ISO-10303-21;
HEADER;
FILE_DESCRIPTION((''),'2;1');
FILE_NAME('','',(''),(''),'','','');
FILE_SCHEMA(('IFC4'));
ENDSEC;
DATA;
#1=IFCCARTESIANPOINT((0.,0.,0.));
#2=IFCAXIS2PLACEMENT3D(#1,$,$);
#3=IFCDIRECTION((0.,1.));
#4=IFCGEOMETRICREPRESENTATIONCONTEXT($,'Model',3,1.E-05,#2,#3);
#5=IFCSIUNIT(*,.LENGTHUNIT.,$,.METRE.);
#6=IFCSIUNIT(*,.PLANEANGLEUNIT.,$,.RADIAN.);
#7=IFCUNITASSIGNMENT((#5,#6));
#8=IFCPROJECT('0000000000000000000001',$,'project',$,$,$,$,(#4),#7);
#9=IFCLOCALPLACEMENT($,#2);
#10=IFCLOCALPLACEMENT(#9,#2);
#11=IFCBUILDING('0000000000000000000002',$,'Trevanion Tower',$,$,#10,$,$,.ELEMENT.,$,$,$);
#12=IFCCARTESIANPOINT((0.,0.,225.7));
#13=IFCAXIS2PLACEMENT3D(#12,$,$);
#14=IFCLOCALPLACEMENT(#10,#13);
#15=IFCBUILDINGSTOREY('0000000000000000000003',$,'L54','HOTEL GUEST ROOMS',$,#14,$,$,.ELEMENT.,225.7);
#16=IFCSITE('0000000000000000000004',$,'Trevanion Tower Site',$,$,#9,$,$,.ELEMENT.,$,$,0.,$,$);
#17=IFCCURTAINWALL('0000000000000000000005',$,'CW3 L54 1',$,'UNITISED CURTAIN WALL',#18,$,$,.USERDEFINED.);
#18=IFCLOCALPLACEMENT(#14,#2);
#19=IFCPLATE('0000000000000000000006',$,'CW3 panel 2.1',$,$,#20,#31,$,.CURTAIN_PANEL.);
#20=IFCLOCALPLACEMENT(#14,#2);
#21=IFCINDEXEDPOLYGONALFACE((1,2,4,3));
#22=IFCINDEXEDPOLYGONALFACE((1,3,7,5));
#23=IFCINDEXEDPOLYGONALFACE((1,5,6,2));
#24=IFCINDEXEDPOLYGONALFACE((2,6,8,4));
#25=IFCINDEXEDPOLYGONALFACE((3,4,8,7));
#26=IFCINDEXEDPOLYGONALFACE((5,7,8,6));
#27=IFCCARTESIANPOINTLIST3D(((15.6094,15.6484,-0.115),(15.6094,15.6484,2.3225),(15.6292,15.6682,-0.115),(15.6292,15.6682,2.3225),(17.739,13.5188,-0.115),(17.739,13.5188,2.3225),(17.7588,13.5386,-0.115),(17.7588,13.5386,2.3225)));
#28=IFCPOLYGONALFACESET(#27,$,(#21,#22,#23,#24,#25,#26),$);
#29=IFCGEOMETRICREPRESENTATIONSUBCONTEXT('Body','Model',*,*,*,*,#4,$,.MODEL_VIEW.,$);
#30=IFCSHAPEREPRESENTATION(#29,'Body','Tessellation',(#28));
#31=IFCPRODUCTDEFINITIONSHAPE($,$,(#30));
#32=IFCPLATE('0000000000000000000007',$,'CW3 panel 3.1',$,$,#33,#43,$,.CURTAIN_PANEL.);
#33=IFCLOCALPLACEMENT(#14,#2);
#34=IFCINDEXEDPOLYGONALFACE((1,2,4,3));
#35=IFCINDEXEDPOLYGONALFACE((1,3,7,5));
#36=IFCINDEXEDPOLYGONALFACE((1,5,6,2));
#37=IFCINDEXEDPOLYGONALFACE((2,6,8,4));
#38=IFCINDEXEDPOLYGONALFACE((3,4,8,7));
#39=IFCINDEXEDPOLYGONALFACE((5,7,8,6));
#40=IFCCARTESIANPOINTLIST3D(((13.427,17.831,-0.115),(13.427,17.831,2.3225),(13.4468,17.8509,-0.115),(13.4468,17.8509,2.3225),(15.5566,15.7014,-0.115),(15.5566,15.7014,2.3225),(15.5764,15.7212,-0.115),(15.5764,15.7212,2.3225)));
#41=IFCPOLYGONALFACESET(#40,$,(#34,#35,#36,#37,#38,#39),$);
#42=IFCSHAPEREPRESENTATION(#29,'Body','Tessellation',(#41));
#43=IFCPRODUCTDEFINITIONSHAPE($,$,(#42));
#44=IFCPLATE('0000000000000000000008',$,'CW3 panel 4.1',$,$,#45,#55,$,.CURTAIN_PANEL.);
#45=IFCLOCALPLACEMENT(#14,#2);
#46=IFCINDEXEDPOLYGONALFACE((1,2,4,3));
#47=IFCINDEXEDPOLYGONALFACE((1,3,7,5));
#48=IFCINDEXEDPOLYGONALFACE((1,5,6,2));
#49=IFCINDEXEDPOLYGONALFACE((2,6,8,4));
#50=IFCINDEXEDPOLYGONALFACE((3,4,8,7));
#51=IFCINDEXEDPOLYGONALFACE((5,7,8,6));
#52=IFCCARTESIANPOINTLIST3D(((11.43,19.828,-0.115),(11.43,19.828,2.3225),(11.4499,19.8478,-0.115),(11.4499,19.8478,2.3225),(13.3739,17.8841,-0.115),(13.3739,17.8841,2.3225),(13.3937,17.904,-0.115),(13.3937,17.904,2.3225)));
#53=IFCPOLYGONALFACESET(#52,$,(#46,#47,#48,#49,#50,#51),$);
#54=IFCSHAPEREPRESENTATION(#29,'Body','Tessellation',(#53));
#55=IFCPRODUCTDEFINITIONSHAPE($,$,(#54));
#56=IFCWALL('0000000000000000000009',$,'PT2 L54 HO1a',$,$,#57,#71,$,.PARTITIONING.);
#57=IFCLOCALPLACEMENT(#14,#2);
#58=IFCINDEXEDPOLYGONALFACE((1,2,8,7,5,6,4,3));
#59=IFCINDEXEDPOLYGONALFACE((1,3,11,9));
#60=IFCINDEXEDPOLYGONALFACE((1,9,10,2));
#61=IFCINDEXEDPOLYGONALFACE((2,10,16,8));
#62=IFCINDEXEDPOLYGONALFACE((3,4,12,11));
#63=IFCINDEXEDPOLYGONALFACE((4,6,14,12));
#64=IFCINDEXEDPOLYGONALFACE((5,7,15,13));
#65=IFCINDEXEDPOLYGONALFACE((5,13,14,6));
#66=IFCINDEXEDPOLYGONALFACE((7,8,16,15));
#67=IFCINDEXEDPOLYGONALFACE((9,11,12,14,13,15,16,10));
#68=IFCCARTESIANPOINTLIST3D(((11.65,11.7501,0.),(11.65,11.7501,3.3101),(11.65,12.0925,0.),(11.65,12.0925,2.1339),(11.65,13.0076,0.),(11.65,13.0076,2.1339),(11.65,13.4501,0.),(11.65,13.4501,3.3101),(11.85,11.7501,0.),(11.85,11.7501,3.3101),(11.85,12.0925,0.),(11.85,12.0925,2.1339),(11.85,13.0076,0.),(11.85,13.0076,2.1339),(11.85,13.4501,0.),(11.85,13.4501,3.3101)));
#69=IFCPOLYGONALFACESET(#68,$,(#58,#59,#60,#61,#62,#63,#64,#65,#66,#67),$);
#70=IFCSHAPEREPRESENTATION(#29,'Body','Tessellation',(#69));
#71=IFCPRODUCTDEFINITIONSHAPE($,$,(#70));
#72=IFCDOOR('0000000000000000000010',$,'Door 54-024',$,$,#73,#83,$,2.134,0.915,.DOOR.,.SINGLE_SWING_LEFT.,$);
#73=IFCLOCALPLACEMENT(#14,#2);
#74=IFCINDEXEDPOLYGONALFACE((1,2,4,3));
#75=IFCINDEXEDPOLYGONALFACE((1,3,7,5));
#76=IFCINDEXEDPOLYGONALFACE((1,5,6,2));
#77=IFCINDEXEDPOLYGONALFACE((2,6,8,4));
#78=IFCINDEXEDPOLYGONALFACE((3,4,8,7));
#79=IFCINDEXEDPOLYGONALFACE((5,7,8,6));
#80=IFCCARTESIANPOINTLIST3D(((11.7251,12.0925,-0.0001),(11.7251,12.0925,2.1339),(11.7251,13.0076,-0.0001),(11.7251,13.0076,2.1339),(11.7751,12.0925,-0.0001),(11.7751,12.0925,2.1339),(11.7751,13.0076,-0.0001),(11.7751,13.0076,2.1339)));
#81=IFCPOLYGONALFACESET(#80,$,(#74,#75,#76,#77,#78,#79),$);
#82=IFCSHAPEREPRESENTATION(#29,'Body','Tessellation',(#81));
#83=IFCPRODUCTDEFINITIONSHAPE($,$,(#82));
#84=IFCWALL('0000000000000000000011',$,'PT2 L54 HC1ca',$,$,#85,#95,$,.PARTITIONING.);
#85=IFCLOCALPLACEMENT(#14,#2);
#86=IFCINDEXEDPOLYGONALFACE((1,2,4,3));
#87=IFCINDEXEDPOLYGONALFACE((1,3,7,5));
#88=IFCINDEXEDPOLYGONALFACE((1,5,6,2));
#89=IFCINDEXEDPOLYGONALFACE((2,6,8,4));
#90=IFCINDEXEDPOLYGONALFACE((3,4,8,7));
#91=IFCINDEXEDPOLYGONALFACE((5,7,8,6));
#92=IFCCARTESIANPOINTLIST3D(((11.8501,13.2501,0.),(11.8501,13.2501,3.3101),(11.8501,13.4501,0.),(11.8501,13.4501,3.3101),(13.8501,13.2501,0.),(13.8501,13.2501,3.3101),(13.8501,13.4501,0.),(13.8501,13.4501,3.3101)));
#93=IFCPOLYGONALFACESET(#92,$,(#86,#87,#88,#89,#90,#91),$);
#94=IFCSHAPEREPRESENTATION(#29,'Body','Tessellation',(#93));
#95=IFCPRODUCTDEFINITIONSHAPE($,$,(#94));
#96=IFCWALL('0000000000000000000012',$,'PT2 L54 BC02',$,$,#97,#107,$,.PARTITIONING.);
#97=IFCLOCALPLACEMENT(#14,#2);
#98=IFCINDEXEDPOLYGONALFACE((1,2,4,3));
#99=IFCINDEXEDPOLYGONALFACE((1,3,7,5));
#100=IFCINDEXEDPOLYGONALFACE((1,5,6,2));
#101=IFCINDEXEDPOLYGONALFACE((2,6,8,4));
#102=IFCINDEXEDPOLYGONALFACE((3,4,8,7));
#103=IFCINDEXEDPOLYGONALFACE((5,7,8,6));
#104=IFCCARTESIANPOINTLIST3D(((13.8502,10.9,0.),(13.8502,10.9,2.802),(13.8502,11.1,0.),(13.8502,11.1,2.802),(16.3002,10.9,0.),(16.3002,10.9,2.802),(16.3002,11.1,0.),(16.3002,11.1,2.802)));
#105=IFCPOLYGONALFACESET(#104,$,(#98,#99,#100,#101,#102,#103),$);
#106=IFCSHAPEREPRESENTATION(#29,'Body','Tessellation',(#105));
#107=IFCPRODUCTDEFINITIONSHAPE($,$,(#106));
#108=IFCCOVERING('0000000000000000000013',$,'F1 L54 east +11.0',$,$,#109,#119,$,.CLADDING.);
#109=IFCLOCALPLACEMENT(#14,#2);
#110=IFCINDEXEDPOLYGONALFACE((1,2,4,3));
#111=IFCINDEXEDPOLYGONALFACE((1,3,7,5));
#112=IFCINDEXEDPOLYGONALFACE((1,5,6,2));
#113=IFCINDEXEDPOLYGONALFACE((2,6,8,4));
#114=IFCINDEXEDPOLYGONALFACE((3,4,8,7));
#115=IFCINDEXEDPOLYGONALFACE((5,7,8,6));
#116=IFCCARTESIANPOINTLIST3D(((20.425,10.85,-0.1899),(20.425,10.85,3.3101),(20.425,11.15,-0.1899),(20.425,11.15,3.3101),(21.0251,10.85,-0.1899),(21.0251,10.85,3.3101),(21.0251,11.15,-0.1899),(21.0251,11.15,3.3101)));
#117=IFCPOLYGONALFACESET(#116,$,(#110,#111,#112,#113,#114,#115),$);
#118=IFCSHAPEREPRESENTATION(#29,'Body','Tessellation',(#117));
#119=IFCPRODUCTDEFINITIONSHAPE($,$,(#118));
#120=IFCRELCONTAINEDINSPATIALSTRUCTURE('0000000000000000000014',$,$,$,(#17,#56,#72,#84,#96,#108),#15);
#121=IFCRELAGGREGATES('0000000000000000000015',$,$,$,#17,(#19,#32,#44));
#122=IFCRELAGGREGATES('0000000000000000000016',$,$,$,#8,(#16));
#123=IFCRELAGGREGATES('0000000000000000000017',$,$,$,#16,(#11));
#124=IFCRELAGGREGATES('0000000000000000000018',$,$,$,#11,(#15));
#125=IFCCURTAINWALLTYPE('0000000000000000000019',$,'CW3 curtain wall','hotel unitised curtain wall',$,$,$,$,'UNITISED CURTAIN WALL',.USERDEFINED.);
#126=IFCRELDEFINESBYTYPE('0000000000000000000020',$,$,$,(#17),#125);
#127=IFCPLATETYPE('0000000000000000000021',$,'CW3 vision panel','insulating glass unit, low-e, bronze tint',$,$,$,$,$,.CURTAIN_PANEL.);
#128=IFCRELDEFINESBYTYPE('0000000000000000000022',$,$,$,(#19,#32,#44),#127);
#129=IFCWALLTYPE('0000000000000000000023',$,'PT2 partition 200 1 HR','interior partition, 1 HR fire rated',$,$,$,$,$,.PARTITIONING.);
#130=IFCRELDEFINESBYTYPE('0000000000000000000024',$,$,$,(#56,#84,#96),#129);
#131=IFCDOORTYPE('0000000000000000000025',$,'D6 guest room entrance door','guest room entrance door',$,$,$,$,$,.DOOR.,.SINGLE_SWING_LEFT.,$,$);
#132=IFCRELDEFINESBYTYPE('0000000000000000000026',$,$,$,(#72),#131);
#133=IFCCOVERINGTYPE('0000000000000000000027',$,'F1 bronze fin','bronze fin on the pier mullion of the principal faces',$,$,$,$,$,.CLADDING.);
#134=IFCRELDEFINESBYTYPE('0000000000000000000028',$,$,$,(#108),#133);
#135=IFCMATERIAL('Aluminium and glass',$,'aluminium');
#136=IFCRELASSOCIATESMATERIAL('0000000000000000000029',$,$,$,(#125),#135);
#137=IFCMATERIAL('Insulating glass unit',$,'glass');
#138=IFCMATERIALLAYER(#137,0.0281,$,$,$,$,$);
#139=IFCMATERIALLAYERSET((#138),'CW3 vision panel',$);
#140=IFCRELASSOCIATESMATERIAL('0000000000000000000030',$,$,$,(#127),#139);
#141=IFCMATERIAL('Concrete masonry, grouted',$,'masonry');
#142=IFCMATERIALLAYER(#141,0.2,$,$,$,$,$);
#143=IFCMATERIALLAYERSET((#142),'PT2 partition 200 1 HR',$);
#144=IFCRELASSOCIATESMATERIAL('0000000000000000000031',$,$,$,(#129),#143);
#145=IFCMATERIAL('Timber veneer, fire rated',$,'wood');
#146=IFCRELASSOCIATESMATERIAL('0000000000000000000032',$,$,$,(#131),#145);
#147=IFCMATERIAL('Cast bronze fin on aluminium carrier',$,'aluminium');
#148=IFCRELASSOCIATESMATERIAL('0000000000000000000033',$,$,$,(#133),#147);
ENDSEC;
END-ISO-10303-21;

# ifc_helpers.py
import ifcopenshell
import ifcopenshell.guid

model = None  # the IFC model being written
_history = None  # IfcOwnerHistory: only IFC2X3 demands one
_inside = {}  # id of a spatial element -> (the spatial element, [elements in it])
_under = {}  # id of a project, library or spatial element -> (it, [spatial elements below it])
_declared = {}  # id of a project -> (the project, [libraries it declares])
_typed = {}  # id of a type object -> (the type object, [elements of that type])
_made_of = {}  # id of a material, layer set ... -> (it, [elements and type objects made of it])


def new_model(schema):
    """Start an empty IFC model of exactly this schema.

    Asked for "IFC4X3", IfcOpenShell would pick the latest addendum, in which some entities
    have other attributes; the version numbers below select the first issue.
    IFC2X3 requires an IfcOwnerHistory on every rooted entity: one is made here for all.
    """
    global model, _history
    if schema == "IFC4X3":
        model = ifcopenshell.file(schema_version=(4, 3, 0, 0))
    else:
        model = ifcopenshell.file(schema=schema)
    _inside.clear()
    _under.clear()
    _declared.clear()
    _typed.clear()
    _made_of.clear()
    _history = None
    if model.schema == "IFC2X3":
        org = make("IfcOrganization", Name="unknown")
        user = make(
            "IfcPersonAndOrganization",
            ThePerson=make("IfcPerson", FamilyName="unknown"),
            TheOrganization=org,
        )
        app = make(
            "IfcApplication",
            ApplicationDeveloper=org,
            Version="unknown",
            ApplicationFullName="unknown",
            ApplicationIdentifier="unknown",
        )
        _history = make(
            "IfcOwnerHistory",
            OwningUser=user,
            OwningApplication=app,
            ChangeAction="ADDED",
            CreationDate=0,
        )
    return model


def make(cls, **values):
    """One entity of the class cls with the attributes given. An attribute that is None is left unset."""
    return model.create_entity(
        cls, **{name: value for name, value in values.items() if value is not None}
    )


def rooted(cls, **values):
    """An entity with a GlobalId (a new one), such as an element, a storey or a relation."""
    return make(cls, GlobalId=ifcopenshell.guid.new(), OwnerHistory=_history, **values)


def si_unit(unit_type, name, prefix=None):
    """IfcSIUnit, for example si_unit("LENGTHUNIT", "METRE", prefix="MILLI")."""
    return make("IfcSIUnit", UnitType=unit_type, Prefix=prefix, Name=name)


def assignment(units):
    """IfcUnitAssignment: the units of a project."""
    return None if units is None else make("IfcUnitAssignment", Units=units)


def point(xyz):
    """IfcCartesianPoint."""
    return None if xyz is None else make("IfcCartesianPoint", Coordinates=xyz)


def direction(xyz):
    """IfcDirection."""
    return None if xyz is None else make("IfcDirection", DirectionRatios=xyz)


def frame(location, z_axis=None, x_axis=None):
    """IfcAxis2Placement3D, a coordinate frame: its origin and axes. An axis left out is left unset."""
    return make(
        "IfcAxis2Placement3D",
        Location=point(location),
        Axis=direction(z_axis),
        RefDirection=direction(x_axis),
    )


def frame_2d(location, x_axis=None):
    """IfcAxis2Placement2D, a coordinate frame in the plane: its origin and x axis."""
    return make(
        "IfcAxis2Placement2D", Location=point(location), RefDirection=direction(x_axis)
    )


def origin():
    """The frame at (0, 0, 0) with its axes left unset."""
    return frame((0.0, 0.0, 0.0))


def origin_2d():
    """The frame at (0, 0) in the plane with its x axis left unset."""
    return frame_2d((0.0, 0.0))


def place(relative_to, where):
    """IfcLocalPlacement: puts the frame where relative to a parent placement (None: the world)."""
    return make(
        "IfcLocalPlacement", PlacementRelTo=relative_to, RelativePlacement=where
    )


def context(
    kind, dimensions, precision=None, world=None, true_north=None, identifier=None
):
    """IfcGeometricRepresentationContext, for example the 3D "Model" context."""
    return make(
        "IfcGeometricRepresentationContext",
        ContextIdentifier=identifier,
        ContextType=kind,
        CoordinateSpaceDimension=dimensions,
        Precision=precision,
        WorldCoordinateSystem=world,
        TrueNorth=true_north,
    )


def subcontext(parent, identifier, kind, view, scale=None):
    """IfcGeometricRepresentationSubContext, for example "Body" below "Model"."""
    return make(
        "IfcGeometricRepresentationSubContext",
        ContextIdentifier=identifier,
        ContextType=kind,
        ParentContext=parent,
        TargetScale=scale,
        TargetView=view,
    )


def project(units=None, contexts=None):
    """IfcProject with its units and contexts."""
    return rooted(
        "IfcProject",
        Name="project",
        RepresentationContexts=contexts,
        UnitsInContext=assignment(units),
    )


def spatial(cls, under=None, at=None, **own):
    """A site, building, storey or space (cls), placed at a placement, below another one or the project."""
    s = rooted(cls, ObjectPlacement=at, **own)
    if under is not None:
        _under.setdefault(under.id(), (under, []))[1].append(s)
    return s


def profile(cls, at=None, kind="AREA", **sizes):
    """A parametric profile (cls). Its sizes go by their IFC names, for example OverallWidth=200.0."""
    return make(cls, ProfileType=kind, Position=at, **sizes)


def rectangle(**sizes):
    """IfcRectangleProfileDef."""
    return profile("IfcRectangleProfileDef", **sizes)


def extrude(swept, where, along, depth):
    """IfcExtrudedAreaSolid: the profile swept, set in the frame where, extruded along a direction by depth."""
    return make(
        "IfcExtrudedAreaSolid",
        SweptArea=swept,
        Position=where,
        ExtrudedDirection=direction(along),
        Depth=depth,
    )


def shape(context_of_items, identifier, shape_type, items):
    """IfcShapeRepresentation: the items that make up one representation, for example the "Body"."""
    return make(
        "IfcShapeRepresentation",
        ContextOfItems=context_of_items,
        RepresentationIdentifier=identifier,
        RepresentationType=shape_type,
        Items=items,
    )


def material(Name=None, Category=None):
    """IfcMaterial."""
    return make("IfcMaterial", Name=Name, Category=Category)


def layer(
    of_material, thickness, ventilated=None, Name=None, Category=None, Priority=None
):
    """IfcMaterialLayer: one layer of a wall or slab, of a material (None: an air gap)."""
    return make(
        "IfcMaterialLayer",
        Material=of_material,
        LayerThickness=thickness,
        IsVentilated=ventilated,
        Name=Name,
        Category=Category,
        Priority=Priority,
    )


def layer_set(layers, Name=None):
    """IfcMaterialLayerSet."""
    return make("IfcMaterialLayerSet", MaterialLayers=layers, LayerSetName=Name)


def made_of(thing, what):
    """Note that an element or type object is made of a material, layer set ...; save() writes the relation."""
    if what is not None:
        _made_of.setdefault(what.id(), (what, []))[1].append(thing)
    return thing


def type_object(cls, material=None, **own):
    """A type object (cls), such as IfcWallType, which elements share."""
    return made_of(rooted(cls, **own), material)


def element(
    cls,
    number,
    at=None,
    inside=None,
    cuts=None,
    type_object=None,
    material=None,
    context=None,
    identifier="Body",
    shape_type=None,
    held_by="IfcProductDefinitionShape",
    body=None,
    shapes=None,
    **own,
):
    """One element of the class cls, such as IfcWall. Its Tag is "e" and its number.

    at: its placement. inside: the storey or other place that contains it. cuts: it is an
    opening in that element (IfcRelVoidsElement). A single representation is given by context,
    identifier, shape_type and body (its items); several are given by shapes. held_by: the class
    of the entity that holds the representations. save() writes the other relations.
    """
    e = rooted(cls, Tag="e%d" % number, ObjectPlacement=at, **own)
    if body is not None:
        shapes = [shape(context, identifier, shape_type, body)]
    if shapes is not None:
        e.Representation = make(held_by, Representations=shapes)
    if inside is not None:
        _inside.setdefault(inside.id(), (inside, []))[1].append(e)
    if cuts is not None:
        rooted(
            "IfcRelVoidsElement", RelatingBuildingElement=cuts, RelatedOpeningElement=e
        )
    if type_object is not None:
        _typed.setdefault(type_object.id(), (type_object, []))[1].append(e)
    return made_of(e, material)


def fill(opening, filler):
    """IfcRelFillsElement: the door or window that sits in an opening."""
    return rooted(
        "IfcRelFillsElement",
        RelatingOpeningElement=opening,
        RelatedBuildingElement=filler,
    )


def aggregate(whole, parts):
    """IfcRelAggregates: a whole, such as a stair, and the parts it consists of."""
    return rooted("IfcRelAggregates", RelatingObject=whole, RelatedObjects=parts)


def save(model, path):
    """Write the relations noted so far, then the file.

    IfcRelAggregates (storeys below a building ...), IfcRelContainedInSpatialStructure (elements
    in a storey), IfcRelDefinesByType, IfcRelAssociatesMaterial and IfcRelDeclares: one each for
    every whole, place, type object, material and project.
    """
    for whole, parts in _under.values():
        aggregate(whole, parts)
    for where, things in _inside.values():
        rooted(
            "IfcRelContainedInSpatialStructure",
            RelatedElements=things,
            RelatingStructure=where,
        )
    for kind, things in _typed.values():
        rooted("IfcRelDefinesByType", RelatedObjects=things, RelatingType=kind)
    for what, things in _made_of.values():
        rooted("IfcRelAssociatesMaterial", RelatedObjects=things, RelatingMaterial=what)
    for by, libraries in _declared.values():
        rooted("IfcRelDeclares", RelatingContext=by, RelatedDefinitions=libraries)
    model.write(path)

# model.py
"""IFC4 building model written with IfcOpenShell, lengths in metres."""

from ifc_helpers import new_model, si_unit, direction, frame, frame_2d, origin, origin_2d, place, context, subcontext, project, spatial, rectangle, extrude, material, layer, layer_set, type_object, element, fill, aggregate, save


model = new_model("IFC4")

# Units and contexts
model_context = context("Model", 3, precision=1e-05, world=origin(), true_north=direction((0.0, 1.0)))
body_context = subcontext(model_context, "Body", "Model", "MODEL_VIEW")
ifc_project = project(units=[si_unit("LENGTHUNIT", "METRE"), si_unit("PLANEANGLEUNIT", "RADIAN")], contexts=[model_context])

# Site, building, storey
site_placement = place(None, origin())
site = spatial("IfcSite", under=ifc_project, at=site_placement, Name="Trevanion Tower Site", CompositionType="ELEMENT", RefElevation=0.0)
building_placement = place(site_placement, origin())
building = spatial("IfcBuilding", under=site, at=building_placement, Name="Trevanion Tower", CompositionType="ELEMENT")
storey_placement = place(building_placement, frame((0.0, 0.0, 225.7)))
storey = spatial("IfcBuildingStorey", under=building, at=storey_placement, Name="L54", Description="HOTEL GUEST ROOMS", CompositionType="ELEMENT", Elevation=225.7)

# Curtain wall
ifc_material_1 = material(Name="Aluminium and glass", Category="aluminium")
curtain_wall_type = type_object("IfcCurtainWallType", Name="CW3 curtain wall", Description="hotel unitised curtain wall", ElementType="UNITISED CURTAIN WALL", PredefinedType="USERDEFINED", material=ifc_material_1)
curtain_wall_1_placement = place(storey_placement, origin())
curtain_wall_1 = element("IfcCurtainWall", 1, at=curtain_wall_1_placement, inside=storey, type_object=curtain_wall_type, Name="CW3 L54 1", ObjectType="UNITISED CURTAIN WALL", PredefinedType="USERDEFINED")

# Plates
ifc_material_2 = material(Name="Insulating glass unit", Category="glass")
ifc_layer_1 = layer(ifc_material_2, 0.0281)
ifc_layer_set_1 = layer_set([ifc_layer_1], Name="CW3 vision panel")
plate_type_1 = type_object("IfcPlateType", Name="CW3 vision panel", Description="insulating glass unit, low-e, bronze tint", PredefinedType="CURTAIN_PANEL", material=ifc_layer_set_1)
plate_1_placement = place(storey_placement, frame((16.6841, 14.5935, -0.115), z_axis=(0.0, 0.0, 1.0), x_axis=(-0.707107, 0.707107, 0.0)))
plate_1 = element("IfcPlate", 2, at=plate_1_placement, type_object=plate_type_1, Name="CW3 panel 2.1", PredefinedType="CURTAIN_PANEL", context=body_context, shape_type="SweptSolid", body=[
    extrude(rectangle(XDim=3.0117, YDim=0.0281, at=origin_2d()), origin(), (0.0, 0.0, 1.0), 2.4375),
])
plate_2_placement = place(storey_placement, frame((14.5017, 16.7761, -0.115), z_axis=(0.0, 0.0, 1.0), x_axis=(-0.707107, 0.707107, 0.0)))
plate_2 = element("IfcPlate", 3, at=plate_2_placement, type_object=plate_type_1, Name="CW3 panel 3.1", PredefinedType="CURTAIN_PANEL", context=body_context, shape_type="SweptSolid", body=[
    extrude(rectangle(XDim=3.0117, YDim=0.0281, at=origin_2d()), origin(), (0.0, 0.0, 1.0), 2.4375),
])
plate_3_placement = place(storey_placement, frame((12.4119, 18.866, -0.115), z_axis=(0.0, 0.0, 1.0), x_axis=(-0.707107, 0.707107, 0.0)))
plate_3 = element("IfcPlate", 4, at=plate_3_placement, type_object=plate_type_1, Name="CW3 panel 4.1", PredefinedType="CURTAIN_PANEL", context=body_context, shape_type="SweptSolid", body=[
    extrude(rectangle(XDim=2.749, YDim=0.0281, at=origin_2d()), origin(), (0.0, 0.0, 1.0), 2.4375),
])
aggregate(curtain_wall_1, [plate_1, plate_2, plate_3])

# Wall, opening, door
ifc_material_3 = material(Name="Concrete masonry, grouted", Category="masonry")
ifc_layer_2 = layer(ifc_material_3, 0.2)
ifc_layer_set_2 = layer_set([ifc_layer_2], Name="PT2 partition 200 1 HR")
wall_type = type_object("IfcWallType", Name="PT2 partition 200 1 HR", Description="interior partition, 1 HR fire rated", PredefinedType="PARTITIONING", material=ifc_layer_set_2)
wall_1_placement = place(storey_placement, frame((11.75, 11.75, 0.0), z_axis=(0.0, 0.0, 1.0), x_axis=(0.0, 1.0, 0.0)))
wall_1 = element("IfcWall", 5, at=wall_1_placement, inside=storey, type_object=wall_type, Name="PT2 L54 HO1a", PredefinedType="PARTITIONING", context=body_context, shape_type="SweptSolid", body=[
    extrude(rectangle(XDim=1.7, YDim=0.2, at=frame_2d((0.8501, 0.0))), origin(), (0.0, 0.0, 1.0), 3.3101),
])
opening_placement = place(wall_1_placement, frame((0.3425, 0.0, 0.0)))
opening = element("IfcOpeningElement", 6, at=opening_placement, cuts=wall_1, PredefinedType="OPENING", context=body_context, shape_type="SweptSolid", body=[
    extrude(rectangle(XDim=0.915, YDim=2.134, at=frame_2d((0.4575, 1.0669))), frame((0.0, 0.1099, 0.0), z_axis=(0.0, -1.0, 0.0), x_axis=(1.0, 0.0, 0.0)), (0.0, 0.0, 1.0), 0.22),
])
ifc_material_4 = material(Name="Timber veneer, fire rated", Category="wood")
door_type = type_object("IfcDoorType", Name="D6 guest room entrance door", Description="guest room entrance door", OperationType="SINGLE_SWING_LEFT", PredefinedType="DOOR", material=ifc_material_4)
door_placement = place(opening_placement, origin())
door = element("IfcDoor", 7, at=door_placement, inside=storey, type_object=door_type, Name="Door 54-024", OperationType="SINGLE_SWING_LEFT", OverallHeight=2.134, OverallWidth=0.915, PredefinedType="DOOR", context=body_context, shape_type="SweptSolid", body=[
    extrude(rectangle(XDim=0.915, YDim=2.134, at=frame_2d((0.4575, 1.0669))), frame((0.0, 0.0249, 0.0), z_axis=(0.0, -1.0, 0.0), x_axis=(1.0, 0.0, 0.0)), (0.0, 0.0, 1.0), 0.05),
])
fill(opening, door)

# Walls
wall_2_placement = place(storey_placement, frame((13.8501, 13.3501, 0.0), z_axis=(0.0, 0.0, 1.0), x_axis=(-1.0, 0.0, 0.0)))
element("IfcWall", 8, at=wall_2_placement, inside=storey, type_object=wall_type, Name="PT2 L54 HC1ca", PredefinedType="PARTITIONING", context=body_context, shape_type="SweptSolid", body=[
    extrude(rectangle(XDim=2.0, YDim=0.2, at=frame_2d((1.0, 0.0))), origin(), (0.0, 0.0, 1.0), 3.3101),
])
wall_3_placement = place(storey_placement, frame((13.8501, 11.0, 0.0), z_axis=(0.0, 0.0, 1.0), x_axis=(1.0, 0.0, 0.0)))
element("IfcWall", 9, at=wall_3_placement, inside=storey, type_object=wall_type, Name="PT2 L54 BC02", PredefinedType="PARTITIONING", context=body_context, shape_type="SweptSolid", body=[
    extrude(rectangle(XDim=2.45, YDim=0.2, at=frame_2d((1.2251, 0.0))), origin(), (0.0, 0.0, 1.0), 2.802),
])

# Covering
ifc_material_5 = material(Name="Cast bronze fin on aluminium carrier", Category="aluminium")
covering_type = type_object("IfcCoveringType", Name="F1 bronze fin", Description="bronze fin on the pier mullion of the principal faces", PredefinedType="CLADDING", material=ifc_material_5)
covering_placement = place(storey_placement, frame((20.7251, 11.0, -0.1899), z_axis=(0.0, 0.0, 1.0), x_axis=(0.0, 1.0, 0.0)))
element("IfcCovering", 10, at=covering_placement, inside=storey, type_object=covering_type, Name="F1 L54 east +11.0", PredefinedType="CLADDING", context=body_context, shape_type="SweptSolid", body=[
    extrude(rectangle(XDim=0.3, YDim=0.6001, at=origin_2d()), origin(), (0.0, 0.0, 1.0), 3.5),
])

save(model, "model.ifc")
